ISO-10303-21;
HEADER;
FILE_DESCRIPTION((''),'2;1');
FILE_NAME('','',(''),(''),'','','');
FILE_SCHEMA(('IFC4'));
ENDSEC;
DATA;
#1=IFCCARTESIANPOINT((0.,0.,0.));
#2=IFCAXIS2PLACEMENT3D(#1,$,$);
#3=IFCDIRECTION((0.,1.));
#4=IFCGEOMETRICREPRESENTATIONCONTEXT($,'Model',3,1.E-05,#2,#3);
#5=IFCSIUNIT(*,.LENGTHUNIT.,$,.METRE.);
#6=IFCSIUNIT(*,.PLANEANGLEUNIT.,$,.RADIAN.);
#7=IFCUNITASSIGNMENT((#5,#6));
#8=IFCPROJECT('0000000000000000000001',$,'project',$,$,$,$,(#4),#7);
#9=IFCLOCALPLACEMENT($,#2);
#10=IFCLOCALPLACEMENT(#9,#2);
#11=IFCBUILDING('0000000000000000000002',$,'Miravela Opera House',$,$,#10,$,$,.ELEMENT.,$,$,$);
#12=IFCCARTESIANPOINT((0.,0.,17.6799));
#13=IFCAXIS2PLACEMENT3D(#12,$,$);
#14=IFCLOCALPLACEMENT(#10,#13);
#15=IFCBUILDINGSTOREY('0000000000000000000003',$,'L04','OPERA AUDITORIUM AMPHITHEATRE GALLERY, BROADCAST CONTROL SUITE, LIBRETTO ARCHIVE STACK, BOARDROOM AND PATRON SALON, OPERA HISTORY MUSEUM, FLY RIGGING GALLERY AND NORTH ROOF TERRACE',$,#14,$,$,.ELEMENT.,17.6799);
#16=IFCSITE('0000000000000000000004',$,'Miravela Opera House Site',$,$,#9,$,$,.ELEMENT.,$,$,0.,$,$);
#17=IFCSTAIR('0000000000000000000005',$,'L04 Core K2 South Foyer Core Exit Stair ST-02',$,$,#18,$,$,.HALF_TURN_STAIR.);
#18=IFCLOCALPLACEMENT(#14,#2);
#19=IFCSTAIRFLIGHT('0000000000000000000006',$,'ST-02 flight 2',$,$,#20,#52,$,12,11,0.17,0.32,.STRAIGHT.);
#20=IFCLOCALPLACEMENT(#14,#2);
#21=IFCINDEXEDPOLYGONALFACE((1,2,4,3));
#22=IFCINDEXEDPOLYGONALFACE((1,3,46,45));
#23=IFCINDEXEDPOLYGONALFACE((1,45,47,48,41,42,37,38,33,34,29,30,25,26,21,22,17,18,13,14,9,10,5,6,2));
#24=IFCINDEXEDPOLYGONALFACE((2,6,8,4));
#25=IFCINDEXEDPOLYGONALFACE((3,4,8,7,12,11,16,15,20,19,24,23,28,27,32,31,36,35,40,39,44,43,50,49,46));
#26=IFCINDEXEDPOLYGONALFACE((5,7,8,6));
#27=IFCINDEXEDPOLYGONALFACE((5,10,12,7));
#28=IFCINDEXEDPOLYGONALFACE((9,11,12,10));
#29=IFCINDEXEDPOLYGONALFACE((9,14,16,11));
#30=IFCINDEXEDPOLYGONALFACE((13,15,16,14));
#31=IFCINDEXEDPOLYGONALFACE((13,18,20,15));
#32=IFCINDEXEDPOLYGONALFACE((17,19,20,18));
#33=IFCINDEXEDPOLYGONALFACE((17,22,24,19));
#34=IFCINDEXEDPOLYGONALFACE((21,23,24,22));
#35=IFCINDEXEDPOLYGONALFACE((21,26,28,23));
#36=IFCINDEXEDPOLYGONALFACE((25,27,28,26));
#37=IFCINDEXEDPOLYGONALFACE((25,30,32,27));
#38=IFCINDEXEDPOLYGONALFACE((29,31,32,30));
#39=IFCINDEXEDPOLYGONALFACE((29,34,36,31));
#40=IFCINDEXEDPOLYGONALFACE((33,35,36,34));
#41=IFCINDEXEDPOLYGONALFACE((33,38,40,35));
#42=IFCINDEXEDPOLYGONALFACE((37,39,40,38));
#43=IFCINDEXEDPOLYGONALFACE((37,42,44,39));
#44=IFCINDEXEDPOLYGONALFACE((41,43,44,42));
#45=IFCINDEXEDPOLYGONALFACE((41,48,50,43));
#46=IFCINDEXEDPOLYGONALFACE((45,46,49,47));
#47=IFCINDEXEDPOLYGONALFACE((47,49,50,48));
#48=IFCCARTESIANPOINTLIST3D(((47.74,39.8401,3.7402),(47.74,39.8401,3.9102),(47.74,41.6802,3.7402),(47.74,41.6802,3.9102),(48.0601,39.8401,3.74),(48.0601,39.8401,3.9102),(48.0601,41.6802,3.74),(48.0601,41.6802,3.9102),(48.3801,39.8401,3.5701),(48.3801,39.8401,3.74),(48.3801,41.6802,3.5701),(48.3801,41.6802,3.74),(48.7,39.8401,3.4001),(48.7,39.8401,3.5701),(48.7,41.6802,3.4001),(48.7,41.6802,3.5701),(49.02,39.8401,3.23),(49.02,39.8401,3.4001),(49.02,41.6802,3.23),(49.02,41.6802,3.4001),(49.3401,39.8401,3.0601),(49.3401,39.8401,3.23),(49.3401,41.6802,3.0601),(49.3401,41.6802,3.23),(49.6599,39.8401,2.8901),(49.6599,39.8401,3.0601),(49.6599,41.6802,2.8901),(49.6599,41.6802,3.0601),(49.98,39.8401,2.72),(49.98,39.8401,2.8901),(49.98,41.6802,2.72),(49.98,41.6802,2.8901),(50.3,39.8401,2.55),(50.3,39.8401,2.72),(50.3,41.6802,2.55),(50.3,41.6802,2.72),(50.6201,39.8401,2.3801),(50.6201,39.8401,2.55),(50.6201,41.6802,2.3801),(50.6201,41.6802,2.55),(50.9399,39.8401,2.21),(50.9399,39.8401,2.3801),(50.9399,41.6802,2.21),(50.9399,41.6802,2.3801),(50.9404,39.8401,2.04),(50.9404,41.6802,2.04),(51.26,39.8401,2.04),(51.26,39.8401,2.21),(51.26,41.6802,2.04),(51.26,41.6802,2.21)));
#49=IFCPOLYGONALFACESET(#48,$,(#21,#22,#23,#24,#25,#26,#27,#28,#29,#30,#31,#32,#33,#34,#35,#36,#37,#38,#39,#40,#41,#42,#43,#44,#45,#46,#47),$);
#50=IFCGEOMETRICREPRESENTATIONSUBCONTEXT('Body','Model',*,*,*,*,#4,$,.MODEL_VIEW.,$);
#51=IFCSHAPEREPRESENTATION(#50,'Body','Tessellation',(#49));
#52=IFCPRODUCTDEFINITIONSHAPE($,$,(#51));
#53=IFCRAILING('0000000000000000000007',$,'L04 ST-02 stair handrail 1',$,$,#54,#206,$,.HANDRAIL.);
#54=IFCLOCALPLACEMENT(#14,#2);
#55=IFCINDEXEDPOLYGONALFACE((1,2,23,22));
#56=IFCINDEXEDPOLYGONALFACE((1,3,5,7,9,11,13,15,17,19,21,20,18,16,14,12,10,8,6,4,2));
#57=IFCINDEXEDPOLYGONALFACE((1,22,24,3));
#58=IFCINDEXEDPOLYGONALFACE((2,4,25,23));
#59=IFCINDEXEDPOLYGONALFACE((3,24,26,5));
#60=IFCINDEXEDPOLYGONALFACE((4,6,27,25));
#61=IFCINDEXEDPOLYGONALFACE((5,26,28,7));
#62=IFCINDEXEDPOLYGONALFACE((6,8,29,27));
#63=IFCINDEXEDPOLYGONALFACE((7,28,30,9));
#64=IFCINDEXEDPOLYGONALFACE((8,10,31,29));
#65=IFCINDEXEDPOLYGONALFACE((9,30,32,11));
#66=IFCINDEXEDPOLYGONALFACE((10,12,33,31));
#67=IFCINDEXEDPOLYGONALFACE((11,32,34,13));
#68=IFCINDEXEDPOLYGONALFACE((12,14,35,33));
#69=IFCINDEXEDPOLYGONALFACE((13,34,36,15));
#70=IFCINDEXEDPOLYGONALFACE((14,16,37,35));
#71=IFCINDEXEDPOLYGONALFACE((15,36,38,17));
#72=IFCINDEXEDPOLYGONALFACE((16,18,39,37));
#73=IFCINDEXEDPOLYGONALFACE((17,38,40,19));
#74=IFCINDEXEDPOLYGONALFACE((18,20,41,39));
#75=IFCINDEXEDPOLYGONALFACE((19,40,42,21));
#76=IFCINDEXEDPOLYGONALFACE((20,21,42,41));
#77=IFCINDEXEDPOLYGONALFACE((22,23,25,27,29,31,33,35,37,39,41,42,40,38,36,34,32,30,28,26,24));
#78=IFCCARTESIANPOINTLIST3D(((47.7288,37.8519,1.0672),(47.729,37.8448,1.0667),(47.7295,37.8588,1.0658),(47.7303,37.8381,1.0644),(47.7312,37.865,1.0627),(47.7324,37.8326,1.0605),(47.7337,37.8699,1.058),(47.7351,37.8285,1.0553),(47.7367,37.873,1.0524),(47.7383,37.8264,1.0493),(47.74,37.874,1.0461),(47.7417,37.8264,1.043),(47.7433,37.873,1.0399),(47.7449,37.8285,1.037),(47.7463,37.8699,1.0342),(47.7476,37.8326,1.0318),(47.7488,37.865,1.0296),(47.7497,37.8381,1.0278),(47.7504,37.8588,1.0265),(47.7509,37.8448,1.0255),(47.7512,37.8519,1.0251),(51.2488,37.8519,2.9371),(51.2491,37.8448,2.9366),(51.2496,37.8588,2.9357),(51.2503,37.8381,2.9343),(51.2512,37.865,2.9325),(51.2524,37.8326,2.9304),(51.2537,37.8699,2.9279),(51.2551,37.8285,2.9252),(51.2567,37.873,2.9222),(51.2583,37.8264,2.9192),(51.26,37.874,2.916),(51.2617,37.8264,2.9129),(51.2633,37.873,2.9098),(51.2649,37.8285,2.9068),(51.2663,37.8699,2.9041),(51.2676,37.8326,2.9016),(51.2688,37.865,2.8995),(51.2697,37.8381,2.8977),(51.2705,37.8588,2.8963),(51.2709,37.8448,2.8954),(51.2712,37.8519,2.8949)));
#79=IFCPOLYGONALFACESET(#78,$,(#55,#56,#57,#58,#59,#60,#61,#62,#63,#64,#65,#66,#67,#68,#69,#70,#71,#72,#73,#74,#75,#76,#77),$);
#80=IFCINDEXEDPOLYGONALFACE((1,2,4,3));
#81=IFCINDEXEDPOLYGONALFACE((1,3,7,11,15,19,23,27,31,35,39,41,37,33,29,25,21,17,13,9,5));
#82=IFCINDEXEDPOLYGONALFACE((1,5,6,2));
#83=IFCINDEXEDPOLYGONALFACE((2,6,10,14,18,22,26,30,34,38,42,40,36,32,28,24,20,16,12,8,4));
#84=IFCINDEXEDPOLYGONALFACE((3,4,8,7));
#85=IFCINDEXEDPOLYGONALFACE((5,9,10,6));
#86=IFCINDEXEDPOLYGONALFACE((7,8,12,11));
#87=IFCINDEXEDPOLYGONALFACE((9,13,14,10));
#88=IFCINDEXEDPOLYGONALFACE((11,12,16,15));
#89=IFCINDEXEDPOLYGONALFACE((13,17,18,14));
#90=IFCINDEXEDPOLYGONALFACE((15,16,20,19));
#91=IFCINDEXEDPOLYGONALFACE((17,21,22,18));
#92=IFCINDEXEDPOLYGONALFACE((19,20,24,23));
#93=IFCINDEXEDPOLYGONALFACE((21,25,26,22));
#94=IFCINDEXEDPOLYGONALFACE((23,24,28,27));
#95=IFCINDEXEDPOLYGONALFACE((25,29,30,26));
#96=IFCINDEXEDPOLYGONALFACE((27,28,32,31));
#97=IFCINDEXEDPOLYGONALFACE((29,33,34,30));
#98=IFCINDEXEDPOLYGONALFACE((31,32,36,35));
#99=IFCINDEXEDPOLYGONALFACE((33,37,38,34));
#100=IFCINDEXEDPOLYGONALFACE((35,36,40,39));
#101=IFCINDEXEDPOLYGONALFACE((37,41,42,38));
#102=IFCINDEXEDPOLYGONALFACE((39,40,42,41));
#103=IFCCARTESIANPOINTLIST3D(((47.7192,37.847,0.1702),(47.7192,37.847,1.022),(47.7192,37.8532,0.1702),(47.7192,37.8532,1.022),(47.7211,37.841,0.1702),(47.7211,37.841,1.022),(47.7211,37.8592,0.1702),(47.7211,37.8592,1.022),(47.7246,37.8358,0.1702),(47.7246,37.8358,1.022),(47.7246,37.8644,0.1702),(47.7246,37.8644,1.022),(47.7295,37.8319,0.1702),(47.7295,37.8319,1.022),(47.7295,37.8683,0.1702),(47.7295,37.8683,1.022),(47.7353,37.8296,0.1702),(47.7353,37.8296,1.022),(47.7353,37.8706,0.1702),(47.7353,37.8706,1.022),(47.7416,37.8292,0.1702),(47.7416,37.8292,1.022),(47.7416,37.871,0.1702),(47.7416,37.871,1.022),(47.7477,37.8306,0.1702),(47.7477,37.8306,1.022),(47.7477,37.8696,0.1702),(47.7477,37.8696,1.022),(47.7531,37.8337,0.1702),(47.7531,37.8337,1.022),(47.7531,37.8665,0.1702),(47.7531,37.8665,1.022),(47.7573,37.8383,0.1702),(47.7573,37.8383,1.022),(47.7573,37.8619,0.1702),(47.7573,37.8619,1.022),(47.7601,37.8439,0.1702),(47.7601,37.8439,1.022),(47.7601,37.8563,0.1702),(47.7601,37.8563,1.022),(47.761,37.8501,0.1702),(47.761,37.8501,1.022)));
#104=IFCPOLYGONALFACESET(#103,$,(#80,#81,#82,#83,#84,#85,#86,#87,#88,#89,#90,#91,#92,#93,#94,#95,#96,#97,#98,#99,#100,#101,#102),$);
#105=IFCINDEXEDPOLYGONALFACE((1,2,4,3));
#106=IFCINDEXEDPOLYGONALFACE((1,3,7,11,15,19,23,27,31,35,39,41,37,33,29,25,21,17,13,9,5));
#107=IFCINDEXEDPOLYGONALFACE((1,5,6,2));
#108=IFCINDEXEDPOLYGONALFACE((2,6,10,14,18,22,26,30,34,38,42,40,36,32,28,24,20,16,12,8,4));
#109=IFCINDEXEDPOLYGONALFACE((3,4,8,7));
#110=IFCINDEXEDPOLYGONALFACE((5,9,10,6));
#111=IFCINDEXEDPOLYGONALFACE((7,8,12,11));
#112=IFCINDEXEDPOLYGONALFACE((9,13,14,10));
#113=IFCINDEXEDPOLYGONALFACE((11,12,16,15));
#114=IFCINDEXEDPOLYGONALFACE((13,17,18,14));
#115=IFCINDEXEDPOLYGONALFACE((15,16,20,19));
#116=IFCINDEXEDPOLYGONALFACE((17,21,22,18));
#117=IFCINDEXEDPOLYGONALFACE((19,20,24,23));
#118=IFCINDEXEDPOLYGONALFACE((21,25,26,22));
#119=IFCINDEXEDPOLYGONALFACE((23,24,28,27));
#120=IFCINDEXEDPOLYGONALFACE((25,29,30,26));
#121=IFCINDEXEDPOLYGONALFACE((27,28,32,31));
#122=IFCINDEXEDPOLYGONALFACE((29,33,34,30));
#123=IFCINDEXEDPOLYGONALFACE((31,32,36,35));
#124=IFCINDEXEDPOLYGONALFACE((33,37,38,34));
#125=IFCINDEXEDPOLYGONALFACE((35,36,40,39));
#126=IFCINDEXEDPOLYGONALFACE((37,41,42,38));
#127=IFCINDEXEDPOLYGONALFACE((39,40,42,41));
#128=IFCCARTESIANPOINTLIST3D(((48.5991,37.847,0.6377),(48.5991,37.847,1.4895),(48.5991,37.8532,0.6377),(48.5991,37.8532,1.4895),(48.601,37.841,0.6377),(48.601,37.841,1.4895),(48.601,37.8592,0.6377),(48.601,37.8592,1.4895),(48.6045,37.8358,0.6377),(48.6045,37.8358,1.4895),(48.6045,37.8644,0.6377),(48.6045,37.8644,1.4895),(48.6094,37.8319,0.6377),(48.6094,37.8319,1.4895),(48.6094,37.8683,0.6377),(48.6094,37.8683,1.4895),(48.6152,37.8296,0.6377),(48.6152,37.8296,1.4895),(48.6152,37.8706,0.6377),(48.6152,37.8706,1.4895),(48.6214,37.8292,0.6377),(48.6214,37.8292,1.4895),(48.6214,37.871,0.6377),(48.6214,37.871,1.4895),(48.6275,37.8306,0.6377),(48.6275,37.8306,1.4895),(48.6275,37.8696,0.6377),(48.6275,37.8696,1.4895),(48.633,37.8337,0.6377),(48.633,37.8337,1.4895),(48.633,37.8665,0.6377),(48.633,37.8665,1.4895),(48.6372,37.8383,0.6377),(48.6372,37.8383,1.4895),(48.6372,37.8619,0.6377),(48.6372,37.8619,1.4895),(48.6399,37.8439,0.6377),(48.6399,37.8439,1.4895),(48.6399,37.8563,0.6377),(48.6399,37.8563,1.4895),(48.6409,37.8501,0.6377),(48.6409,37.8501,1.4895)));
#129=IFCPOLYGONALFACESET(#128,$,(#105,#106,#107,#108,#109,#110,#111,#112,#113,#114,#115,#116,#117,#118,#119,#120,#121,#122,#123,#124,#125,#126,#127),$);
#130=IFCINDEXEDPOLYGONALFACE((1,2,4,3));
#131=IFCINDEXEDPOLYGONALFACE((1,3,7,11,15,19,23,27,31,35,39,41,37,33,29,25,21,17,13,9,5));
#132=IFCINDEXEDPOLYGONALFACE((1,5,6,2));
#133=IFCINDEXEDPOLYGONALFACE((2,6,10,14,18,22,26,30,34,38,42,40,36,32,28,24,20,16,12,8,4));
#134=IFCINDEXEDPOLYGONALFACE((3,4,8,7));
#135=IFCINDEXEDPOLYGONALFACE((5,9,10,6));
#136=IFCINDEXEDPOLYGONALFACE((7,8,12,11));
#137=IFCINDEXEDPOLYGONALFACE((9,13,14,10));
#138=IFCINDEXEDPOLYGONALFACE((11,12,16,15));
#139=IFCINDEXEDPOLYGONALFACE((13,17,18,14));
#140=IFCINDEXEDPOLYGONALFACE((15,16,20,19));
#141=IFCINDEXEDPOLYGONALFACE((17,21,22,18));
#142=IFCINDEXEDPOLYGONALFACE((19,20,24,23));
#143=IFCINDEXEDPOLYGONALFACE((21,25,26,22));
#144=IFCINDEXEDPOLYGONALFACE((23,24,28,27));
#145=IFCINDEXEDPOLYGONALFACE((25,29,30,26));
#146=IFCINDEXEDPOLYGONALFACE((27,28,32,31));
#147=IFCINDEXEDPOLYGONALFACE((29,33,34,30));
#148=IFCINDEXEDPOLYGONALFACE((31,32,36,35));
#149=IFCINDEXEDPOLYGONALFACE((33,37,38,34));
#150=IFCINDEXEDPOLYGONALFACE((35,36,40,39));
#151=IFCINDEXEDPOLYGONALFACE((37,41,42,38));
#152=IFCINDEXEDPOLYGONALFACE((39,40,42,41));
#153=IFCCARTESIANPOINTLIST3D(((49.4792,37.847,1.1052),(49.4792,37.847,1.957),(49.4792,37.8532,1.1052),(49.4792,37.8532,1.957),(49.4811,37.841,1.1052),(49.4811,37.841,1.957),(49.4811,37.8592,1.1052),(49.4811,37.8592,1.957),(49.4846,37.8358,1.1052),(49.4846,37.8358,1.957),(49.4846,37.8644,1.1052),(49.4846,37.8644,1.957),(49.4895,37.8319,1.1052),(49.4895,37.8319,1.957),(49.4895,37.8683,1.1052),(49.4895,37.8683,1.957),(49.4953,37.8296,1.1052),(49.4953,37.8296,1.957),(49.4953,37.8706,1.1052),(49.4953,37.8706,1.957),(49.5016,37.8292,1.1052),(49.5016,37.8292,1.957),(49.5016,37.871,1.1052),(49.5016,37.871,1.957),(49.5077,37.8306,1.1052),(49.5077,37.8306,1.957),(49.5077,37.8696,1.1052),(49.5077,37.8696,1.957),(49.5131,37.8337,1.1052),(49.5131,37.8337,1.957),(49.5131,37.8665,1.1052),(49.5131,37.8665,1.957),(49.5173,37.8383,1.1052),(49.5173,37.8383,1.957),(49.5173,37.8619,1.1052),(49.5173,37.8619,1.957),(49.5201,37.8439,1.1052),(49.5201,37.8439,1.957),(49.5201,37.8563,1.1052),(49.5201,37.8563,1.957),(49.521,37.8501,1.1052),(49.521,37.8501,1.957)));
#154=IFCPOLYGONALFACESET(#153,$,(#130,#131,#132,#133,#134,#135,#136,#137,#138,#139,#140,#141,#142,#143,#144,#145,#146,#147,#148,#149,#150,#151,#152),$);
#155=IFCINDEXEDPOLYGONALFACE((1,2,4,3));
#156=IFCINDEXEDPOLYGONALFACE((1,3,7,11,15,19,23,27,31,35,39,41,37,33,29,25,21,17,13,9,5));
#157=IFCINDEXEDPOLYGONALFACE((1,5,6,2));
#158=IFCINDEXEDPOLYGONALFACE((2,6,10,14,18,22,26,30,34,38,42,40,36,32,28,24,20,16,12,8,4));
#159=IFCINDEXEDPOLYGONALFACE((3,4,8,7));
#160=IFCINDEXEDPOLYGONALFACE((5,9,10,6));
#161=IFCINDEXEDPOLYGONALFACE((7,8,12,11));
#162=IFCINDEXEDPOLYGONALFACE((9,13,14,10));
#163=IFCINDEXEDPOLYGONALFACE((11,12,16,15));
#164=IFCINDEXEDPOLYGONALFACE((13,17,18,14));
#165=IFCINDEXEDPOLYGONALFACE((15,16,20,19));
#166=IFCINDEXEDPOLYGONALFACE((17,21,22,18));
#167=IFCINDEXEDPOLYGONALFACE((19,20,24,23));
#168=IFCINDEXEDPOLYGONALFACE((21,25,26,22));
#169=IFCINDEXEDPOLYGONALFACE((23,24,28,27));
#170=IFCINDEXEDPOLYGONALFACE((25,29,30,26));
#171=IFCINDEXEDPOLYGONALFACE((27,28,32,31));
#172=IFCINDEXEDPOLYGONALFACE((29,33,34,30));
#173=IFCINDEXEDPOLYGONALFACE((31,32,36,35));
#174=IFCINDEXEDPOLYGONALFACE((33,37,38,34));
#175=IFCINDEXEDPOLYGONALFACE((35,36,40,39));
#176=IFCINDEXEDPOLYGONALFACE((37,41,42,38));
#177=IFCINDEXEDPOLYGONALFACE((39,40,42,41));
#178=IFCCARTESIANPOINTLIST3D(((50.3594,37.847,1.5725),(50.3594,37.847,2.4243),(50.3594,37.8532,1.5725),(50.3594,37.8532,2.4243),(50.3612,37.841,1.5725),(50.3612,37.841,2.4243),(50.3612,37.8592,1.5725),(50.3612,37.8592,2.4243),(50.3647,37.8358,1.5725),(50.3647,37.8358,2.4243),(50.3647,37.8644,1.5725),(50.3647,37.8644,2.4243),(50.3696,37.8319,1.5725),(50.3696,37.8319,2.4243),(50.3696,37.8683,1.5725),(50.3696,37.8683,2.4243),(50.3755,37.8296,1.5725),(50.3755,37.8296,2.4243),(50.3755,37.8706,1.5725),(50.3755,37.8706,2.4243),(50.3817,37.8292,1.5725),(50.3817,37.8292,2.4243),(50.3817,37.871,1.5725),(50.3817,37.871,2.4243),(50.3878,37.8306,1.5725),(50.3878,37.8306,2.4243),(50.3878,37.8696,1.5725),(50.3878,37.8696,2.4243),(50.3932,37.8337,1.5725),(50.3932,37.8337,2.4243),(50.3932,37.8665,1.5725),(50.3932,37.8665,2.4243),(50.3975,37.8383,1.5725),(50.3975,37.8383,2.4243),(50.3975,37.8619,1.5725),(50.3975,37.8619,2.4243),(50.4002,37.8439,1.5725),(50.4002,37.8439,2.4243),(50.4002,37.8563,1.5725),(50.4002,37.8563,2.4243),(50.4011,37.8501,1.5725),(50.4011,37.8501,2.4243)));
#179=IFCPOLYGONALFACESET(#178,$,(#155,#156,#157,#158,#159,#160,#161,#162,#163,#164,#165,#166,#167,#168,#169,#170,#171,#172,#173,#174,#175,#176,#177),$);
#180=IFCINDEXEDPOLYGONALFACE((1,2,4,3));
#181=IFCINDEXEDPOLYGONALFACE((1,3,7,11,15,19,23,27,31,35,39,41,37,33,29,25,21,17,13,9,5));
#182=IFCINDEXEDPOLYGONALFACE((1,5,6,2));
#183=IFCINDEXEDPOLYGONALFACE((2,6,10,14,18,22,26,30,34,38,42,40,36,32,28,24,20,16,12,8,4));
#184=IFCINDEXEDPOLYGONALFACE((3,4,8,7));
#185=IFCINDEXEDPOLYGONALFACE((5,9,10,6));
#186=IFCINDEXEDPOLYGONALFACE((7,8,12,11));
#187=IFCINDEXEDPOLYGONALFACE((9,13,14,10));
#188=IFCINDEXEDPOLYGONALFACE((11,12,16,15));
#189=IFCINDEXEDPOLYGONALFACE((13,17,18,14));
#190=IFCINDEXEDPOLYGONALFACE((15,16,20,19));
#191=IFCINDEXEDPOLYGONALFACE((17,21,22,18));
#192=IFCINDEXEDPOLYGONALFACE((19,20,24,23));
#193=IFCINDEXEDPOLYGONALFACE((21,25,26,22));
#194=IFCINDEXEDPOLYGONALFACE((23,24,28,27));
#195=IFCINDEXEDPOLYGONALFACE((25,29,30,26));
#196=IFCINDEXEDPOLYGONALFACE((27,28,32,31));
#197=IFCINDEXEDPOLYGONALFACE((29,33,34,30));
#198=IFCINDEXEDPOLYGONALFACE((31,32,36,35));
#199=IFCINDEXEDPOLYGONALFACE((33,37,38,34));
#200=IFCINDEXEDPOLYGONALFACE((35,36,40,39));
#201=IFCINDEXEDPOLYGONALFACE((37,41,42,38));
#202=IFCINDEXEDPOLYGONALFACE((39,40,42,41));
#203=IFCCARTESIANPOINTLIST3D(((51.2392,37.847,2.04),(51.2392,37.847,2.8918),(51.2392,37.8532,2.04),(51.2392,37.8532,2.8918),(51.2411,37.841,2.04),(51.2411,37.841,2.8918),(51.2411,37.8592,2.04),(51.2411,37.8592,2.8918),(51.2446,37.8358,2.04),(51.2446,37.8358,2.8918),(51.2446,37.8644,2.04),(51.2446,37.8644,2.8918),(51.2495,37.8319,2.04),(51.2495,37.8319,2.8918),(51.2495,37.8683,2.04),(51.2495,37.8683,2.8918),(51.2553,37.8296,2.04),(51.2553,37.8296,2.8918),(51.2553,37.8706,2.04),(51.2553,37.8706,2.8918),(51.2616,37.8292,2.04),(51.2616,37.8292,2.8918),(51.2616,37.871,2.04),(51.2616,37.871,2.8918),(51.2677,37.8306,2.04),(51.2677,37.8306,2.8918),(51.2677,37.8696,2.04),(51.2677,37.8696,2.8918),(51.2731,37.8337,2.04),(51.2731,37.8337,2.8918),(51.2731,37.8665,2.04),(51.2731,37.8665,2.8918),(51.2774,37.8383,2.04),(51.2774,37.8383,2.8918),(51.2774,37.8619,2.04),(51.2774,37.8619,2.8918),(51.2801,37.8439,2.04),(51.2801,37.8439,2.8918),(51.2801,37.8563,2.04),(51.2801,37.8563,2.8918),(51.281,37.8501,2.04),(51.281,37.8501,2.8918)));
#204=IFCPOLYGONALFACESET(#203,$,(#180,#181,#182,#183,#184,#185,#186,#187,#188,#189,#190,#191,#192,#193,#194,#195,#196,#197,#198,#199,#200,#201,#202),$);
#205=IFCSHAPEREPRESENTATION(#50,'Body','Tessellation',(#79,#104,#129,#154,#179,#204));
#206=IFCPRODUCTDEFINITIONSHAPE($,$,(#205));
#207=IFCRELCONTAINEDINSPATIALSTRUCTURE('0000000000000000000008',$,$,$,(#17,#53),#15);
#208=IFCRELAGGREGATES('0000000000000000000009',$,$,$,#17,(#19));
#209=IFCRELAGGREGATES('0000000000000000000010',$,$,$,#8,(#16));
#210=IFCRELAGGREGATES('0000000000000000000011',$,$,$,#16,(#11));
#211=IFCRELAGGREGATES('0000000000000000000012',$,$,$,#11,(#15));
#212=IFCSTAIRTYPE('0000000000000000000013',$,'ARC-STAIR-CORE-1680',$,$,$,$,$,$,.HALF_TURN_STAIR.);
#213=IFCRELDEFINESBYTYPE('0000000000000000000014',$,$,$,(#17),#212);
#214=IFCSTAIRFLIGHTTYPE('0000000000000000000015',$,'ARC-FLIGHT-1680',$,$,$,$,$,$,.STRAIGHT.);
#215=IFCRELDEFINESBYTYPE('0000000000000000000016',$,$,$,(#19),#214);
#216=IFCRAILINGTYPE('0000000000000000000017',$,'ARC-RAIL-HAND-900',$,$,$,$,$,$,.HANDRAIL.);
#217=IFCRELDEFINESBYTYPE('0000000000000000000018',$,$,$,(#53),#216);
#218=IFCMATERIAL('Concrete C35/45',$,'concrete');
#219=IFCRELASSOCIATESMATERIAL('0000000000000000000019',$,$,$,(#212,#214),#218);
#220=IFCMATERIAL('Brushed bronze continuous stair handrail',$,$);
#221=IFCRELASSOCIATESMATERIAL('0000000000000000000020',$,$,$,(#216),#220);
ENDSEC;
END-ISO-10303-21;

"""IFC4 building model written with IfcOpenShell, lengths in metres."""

from ifc_helpers import new_model, si_unit, direction, frame, origin, origin_2d, place, context, subcontext, project, spatial, polyline, circle, outline, extrude, material, type_object, element, aggregate, save


model = new_model("IFC4")

# Units and contexts
model_context = context("Model", 3, precision=1e-05, world=origin(), true_north=direction((0.0, 1.0)))
body_context = subcontext(model_context, "Body", "Model", "MODEL_VIEW")
ifc_project = project(units=[si_unit("LENGTHUNIT", "METRE"), si_unit("PLANEANGLEUNIT", "RADIAN")], contexts=[model_context])

# Site, building, storey
site_placement = place(None, origin())
site = spatial("IfcSite", under=ifc_project, at=site_placement, Name="Miravela Opera House Site", CompositionType="ELEMENT", RefElevation=0.0)
building_placement = place(site_placement, origin())
building = spatial("IfcBuilding", under=site, at=building_placement, Name="Miravela Opera House", CompositionType="ELEMENT")
storey_placement = place(building_placement, frame((0.0, 0.0, 17.6799)))
storey = spatial("IfcBuildingStorey", under=building, at=storey_placement, Name="L04", Description="OPERA AUDITORIUM AMPHITHEATRE GALLERY, BROADCAST CONTROL SUITE, LIBRETTO ARCHIVE STACK, BOARDROOM AND PATRON SALON, OPERA HISTORY MUSEUM, FLY RIGGING GALLERY AND NORTH ROOF TERRACE", CompositionType="ELEMENT", Elevation=17.6799)

# Shared definitions
ifc_material_1 = material(Name="Concrete C35/45", Category="concrete")

# Stair, stair flight
stair_type = type_object("IfcStairType", Name="ARC-STAIR-CORE-1680", PredefinedType="HALF_TURN_STAIR", material=ifc_material_1)
stair_placement = place(storey_placement, origin())
stair = element("IfcStair", 1, at=stair_placement, inside=storey, type_object=stair_type, Name="L04 Core K2 South Foyer Core Exit Stair ST-02", PredefinedType="HALF_TURN_STAIR")
stair_flight_type = type_object("IfcStairFlightType", Name="ARC-FLIGHT-1680", PredefinedType="STRAIGHT", material=ifc_material_1)
stair_flight_1_placement = place(storey_placement, frame((51.26, 40.76, 2.04), z_axis=(0.0, 0.0, 1.0), x_axis=(-1.0, 0.0, 0.0)))
stair_flight_1 = element("IfcStairFlight", 2, at=stair_flight_1_placement, type_object=stair_flight_type, Name="ST-02 flight 2", NumberOfRisers=12, NumberOfTreads=11, PredefinedType="STRAIGHT", RiserHeight=0.17, TreadLength=0.32, context=body_context, shape_type="SweptSolid", body=[
    extrude(outline(polyline([(0.0, 0.0), (0.0, 0.1699), (0.3201, 0.1699), (0.3201, 0.3401), (0.6399, 0.3401), (0.6399, 0.51), (0.96, 0.51), (0.96, 0.6799), (1.28, 0.6799), (1.28, 0.8501), (1.6001, 0.8501), (1.6001, 1.02), (1.9199, 1.02), (1.9199, 1.1899), (2.24, 1.1899), (2.24, 1.3601), (2.5601, 1.3601), (2.5601, 1.53), (2.8799, 1.53), (2.8799, 1.7), (3.2, 1.7), (3.2, 1.8701), (3.52, 1.8701), (3.52, 2.04), (3.52, 1.7002), (0.3196, 0.0), (0.0, 0.0)])), frame((0.0, 0.9199, 0.0), z_axis=(0.0, -1.0, 0.0), x_axis=(1.0, 0.0, 0.0)), (0.0, 0.0, 1.0), 1.8401),
])
aggregate(stair, [stair_flight_1])

# Railing
ifc_material_2 = material(Name="Brushed bronze continuous stair handrail")
railing_type_1 = type_object("IfcRailingType", Name="ARC-RAIL-HAND-900", PredefinedType="HANDRAIL", material=ifc_material_2)
railing_1_placement = place(storey_placement, frame((47.74, 37.8501, 0.1702)))
element("IfcRailing", 3, at=railing_1_placement, inside=storey, type_object=railing_type_1, Name="L04 ST-02 stair handrail 1", PredefinedType="HANDRAIL", context=body_context, shape_type="SweptSolid", body=[
    extrude(circle(Radius=0.0239, at=origin_2d()), frame((0.0, 0.0, 0.876), z_axis=(0.88313, 0.0, 0.469128), x_axis=(0.0, 1.0, 0.0)), (0.0, 0.0, 1.0), 3.9858),
    extrude(circle(Radius=0.021, at=origin_2d()), origin(), (0.0, 0.0, 1.0), 0.8518),
    extrude(circle(Radius=0.021, at=origin_2d()), frame((0.8799, 0.0, 0.4675)), (0.0, 0.0, 1.0), 0.8518),
    extrude(circle(Radius=0.021, at=origin_2d()), frame((1.76, 0.0, 0.9351)), (0.0, 0.0, 1.0), 0.8518),
    extrude(circle(Radius=0.021, at=origin_2d()), frame((2.6401, 0.0, 1.4023)), (0.0, 0.0, 1.0), 0.8518),
    extrude(circle(Radius=0.021, at=origin_2d()), frame((3.52, 0.0, 1.8699)), (0.0, 0.0, 1.0), 0.8518),
])

save(model, "model.ifc")
